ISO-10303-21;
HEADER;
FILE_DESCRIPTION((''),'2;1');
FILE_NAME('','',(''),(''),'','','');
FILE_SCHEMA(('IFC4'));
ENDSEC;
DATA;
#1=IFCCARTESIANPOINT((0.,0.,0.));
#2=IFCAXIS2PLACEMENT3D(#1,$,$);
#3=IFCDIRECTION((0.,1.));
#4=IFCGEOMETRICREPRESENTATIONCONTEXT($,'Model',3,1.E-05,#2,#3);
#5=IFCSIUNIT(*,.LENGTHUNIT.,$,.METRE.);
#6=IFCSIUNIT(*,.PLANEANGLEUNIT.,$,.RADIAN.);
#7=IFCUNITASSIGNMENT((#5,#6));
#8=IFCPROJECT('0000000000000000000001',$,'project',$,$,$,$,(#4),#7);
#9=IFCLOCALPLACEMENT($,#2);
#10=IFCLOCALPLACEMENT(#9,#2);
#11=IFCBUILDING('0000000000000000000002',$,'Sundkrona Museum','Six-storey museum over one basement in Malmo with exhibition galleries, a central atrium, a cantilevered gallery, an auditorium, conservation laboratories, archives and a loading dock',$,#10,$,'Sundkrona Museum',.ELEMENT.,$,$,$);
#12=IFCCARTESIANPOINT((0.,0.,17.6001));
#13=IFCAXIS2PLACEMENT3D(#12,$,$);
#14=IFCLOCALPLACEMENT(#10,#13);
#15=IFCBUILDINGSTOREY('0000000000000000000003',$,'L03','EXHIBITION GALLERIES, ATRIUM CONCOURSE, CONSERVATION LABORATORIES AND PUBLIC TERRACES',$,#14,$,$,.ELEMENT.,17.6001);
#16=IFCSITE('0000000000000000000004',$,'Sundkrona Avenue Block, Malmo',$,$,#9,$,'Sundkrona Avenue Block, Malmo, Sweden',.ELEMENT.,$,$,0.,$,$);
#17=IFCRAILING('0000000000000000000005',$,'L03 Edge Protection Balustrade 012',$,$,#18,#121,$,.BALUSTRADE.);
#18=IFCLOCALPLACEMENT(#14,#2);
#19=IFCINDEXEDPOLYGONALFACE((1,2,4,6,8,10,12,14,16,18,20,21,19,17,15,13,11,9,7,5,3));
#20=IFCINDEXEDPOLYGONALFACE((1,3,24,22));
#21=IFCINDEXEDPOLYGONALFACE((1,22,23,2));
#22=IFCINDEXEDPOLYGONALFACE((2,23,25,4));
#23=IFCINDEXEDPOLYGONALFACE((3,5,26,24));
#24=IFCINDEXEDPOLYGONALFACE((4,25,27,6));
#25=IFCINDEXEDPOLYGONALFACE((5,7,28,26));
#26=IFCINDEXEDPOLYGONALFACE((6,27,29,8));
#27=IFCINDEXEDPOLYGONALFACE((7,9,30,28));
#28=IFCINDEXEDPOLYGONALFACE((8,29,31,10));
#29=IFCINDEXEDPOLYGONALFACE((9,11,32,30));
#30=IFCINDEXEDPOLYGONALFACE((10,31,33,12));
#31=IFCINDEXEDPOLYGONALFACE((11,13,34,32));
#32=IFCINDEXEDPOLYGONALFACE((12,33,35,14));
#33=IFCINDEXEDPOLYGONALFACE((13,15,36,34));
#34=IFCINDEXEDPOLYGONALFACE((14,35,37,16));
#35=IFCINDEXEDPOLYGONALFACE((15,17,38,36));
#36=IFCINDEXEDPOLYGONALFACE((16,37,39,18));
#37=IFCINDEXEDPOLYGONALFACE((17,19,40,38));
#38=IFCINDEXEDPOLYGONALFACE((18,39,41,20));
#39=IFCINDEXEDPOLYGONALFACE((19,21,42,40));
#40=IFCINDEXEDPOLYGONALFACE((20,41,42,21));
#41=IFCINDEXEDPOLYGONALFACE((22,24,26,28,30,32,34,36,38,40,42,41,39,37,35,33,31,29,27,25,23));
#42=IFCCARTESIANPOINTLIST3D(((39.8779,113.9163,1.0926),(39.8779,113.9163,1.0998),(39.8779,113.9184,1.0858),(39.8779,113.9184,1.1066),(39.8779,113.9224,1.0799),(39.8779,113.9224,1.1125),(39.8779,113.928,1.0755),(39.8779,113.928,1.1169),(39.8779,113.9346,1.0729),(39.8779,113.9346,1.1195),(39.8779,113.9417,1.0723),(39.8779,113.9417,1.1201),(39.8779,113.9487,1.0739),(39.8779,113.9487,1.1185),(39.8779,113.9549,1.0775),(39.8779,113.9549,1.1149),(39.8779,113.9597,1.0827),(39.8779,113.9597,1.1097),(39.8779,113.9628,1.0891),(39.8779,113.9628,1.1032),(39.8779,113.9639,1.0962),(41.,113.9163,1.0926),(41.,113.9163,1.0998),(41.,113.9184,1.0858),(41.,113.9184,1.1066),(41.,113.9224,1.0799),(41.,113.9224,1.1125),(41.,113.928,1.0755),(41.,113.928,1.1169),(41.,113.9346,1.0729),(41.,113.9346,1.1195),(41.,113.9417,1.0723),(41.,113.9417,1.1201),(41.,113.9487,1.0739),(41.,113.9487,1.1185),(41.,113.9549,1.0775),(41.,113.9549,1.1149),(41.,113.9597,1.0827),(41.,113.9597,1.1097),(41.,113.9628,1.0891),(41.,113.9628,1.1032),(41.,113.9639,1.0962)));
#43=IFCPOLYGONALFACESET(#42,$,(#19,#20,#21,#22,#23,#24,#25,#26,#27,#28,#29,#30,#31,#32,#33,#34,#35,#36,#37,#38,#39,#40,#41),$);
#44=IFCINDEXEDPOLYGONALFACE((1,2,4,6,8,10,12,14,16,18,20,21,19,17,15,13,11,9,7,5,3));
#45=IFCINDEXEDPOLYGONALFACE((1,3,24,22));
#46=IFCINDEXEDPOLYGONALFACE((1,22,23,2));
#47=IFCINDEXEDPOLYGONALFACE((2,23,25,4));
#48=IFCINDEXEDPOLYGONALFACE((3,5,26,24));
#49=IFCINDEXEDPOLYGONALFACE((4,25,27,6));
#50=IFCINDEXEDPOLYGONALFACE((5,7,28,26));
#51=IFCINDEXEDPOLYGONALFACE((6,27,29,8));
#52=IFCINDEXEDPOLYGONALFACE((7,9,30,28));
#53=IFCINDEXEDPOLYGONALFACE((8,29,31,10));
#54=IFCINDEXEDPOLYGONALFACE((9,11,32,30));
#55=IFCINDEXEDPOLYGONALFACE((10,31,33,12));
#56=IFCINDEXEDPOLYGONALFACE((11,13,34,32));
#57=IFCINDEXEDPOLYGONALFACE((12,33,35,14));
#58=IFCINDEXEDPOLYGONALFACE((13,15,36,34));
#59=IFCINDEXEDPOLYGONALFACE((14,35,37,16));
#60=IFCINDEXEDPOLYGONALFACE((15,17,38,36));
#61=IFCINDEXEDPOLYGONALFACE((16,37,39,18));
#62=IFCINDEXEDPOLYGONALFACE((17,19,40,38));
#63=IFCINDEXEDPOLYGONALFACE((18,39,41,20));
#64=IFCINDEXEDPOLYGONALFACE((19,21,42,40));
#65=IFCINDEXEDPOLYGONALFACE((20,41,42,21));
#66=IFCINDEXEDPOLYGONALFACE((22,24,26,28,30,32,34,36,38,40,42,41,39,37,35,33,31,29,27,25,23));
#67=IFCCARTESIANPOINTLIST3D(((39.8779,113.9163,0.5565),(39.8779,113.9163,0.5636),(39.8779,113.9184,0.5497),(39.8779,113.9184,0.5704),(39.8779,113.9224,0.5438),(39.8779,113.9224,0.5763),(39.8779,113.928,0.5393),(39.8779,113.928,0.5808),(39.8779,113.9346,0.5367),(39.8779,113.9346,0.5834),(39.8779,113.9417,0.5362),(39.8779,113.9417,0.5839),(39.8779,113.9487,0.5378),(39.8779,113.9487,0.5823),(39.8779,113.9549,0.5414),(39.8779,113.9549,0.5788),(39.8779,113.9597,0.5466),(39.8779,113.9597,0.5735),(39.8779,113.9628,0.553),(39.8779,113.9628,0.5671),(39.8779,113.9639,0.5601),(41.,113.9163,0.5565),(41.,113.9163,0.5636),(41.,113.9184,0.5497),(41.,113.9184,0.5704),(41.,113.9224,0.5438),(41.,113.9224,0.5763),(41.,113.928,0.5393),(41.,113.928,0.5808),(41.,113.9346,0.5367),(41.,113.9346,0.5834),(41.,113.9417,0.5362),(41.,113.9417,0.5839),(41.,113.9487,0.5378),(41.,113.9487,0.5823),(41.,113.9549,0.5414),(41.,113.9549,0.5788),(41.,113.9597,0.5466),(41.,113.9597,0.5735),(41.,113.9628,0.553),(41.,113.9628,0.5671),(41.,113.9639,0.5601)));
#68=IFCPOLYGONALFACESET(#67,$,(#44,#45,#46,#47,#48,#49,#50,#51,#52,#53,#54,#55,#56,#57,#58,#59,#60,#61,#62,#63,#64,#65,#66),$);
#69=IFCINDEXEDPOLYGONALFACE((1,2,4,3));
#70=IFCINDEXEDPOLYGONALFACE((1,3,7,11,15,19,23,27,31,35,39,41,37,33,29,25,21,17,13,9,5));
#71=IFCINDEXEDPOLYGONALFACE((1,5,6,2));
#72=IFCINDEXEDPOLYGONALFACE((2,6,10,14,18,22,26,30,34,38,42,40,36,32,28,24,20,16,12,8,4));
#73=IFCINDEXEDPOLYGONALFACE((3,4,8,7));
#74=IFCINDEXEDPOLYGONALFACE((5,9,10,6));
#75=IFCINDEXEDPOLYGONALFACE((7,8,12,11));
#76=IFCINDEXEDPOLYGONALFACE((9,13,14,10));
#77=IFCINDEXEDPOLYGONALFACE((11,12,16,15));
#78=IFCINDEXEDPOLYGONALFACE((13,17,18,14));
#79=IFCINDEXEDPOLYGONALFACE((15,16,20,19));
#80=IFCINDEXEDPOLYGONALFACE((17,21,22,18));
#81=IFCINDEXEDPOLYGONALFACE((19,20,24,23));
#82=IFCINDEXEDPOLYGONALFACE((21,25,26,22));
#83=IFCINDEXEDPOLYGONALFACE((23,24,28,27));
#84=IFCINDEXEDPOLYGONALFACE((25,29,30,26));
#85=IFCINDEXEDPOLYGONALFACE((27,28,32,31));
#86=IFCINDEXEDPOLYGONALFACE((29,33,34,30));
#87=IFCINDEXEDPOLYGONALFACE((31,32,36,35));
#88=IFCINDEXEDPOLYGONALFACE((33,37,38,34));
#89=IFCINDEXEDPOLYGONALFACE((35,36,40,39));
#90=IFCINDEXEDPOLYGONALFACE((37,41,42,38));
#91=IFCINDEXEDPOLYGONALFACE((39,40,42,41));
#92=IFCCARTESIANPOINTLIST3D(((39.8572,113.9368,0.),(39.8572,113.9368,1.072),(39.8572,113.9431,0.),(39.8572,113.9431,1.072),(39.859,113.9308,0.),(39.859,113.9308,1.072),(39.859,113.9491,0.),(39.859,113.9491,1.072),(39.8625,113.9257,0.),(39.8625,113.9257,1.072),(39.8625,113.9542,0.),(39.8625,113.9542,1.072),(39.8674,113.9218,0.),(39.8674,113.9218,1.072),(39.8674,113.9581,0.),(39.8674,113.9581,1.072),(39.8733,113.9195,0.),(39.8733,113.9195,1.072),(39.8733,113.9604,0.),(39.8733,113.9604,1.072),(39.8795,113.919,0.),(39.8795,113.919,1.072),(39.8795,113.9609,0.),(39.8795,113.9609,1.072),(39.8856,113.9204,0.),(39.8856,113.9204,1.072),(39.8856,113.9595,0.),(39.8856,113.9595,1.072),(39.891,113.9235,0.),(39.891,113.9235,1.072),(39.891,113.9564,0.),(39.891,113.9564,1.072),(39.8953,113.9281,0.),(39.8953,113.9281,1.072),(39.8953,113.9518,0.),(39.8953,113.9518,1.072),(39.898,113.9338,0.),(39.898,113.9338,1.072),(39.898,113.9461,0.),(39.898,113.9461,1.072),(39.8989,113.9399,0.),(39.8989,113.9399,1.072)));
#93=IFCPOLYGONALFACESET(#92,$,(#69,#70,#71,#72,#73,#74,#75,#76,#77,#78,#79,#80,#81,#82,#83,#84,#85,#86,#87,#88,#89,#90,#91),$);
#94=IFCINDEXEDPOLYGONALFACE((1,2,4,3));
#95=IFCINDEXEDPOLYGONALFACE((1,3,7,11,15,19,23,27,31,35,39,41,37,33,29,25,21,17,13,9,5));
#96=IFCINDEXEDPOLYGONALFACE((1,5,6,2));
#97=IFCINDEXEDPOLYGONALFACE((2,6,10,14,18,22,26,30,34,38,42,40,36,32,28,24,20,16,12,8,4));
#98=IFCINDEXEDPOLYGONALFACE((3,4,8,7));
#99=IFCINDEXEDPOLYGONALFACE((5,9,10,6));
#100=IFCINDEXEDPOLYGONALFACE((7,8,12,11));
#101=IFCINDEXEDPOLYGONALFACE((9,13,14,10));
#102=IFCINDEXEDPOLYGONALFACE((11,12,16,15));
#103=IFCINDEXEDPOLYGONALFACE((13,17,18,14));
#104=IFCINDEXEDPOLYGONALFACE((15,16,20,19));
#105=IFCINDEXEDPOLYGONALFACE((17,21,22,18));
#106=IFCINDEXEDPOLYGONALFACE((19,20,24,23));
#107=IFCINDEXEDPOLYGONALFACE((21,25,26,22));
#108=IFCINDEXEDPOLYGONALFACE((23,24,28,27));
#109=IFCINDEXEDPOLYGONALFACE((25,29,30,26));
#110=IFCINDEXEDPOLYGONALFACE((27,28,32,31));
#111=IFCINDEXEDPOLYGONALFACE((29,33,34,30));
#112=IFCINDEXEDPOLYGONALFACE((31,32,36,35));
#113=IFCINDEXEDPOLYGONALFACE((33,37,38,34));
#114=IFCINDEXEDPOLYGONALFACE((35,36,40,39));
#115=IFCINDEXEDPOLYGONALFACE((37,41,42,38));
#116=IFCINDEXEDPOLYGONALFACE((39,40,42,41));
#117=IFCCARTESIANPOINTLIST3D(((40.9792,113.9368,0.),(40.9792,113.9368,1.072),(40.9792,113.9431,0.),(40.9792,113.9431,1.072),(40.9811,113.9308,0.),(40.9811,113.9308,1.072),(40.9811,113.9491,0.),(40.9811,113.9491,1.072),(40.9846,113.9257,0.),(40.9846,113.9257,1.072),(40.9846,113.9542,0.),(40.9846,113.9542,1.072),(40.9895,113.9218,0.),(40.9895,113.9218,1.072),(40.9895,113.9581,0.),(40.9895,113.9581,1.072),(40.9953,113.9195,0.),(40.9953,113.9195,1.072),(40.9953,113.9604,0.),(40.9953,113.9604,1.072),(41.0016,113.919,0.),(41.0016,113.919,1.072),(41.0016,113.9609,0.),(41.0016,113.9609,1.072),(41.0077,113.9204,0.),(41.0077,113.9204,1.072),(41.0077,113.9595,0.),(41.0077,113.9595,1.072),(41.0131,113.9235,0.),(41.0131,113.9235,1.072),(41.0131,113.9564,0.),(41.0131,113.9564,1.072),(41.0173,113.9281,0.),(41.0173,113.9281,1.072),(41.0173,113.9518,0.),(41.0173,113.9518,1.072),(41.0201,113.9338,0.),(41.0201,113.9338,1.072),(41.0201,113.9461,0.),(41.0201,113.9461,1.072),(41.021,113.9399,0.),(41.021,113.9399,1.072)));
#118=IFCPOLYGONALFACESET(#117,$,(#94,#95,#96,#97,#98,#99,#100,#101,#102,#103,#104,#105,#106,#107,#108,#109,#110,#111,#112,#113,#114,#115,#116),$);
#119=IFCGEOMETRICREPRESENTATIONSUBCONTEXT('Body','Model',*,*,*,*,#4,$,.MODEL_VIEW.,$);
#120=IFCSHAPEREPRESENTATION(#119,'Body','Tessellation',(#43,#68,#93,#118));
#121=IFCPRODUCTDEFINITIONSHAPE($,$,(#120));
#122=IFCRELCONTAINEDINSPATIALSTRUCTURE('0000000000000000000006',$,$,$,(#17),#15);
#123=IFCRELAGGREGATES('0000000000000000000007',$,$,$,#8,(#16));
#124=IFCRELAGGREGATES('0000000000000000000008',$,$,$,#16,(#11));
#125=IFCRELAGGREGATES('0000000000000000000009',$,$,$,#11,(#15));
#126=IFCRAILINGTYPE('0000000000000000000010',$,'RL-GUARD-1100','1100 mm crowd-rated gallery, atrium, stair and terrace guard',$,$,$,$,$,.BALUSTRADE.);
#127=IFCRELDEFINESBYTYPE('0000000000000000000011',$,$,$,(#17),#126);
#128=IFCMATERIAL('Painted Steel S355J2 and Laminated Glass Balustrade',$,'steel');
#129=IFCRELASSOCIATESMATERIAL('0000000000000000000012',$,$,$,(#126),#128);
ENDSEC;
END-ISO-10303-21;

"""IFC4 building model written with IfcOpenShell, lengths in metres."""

from ifc_helpers import new_model, si_unit, direction, frame, origin, origin_2d, place, context, subcontext, project, spatial, circle, extrude, material, type_object, element, save


model = new_model("IFC4")

# Units and contexts
model_context = context("Model", 3, precision=1e-05, world=origin(), true_north=direction((0.0, 1.0)))
body_context = subcontext(model_context, "Body", "Model", "MODEL_VIEW")
ifc_project = project(units=[si_unit("LENGTHUNIT", "METRE"), si_unit("PLANEANGLEUNIT", "RADIAN")], contexts=[model_context])

# Site, building, storey
site_placement = place(None, origin())
site = spatial("IfcSite", under=ifc_project, at=site_placement, Name="Sundkrona Avenue Block, Malmo", LongName="Sundkrona Avenue Block, Malmo, Sweden", CompositionType="ELEMENT", RefElevation=0.0)
building_placement = place(site_placement, origin())
building = spatial("IfcBuilding", under=site, at=building_placement, Name="Sundkrona Museum", Description="Six-storey museum over one basement in Malmo with exhibition galleries, a central atrium, a cantilevered gallery, an auditorium, conservation laboratories, archives and a loading dock", LongName="Sundkrona Museum", CompositionType="ELEMENT")
storey_placement = place(building_placement, frame((0.0, 0.0, 17.6001)))
storey = spatial("IfcBuildingStorey", under=building, at=storey_placement, Name="L03", Description="EXHIBITION GALLERIES, ATRIUM CONCOURSE, CONSERVATION LABORATORIES AND PUBLIC TERRACES", CompositionType="ELEMENT", Elevation=17.6001)

# Railing
ifc_material_1 = material(Name="Painted Steel S355J2 and Laminated Glass Balustrade", Category="steel")
railing_type_1 = type_object("IfcRailingType", Name="RL-GUARD-1100", Description="1100 mm crowd-rated gallery, atrium, stair and terrace guard", PredefinedType="BALUSTRADE", material=ifc_material_1)
railing_1_placement = place(storey_placement, frame((39.8779, 113.9399, 0.0)))
element("IfcRailing", 1, at=railing_1_placement, inside=storey, type_object=railing_type_1, Name="L03 Edge Protection Balustrade 012", PredefinedType="BALUSTRADE", context=body_context, shape_type="SweptSolid", body=[
    extrude(circle(Radius=0.0239, at=origin_2d()), frame((0.0, 0.0, 1.0962), z_axis=(1.0, 0.0, 0.0), x_axis=(0.0, 1.0, 0.0)), (0.0, 0.0, 1.0), 1.1221),
    extrude(circle(Radius=0.0239, at=origin_2d()), frame((0.0, 0.0, 0.5601), z_axis=(1.0, 0.0, 0.0), x_axis=(0.0, 1.0, 0.0)), (0.0, 0.0, 1.0), 1.1221),
    extrude(circle(Radius=0.021, at=origin_2d()), origin(), (0.0, 0.0, 1.0), 1.072),
    extrude(circle(Radius=0.021, at=origin_2d()), frame((1.1221, 0.0, 0.0)), (0.0, 0.0, 1.0), 1.072),
])

save(model, "model.ifc")
